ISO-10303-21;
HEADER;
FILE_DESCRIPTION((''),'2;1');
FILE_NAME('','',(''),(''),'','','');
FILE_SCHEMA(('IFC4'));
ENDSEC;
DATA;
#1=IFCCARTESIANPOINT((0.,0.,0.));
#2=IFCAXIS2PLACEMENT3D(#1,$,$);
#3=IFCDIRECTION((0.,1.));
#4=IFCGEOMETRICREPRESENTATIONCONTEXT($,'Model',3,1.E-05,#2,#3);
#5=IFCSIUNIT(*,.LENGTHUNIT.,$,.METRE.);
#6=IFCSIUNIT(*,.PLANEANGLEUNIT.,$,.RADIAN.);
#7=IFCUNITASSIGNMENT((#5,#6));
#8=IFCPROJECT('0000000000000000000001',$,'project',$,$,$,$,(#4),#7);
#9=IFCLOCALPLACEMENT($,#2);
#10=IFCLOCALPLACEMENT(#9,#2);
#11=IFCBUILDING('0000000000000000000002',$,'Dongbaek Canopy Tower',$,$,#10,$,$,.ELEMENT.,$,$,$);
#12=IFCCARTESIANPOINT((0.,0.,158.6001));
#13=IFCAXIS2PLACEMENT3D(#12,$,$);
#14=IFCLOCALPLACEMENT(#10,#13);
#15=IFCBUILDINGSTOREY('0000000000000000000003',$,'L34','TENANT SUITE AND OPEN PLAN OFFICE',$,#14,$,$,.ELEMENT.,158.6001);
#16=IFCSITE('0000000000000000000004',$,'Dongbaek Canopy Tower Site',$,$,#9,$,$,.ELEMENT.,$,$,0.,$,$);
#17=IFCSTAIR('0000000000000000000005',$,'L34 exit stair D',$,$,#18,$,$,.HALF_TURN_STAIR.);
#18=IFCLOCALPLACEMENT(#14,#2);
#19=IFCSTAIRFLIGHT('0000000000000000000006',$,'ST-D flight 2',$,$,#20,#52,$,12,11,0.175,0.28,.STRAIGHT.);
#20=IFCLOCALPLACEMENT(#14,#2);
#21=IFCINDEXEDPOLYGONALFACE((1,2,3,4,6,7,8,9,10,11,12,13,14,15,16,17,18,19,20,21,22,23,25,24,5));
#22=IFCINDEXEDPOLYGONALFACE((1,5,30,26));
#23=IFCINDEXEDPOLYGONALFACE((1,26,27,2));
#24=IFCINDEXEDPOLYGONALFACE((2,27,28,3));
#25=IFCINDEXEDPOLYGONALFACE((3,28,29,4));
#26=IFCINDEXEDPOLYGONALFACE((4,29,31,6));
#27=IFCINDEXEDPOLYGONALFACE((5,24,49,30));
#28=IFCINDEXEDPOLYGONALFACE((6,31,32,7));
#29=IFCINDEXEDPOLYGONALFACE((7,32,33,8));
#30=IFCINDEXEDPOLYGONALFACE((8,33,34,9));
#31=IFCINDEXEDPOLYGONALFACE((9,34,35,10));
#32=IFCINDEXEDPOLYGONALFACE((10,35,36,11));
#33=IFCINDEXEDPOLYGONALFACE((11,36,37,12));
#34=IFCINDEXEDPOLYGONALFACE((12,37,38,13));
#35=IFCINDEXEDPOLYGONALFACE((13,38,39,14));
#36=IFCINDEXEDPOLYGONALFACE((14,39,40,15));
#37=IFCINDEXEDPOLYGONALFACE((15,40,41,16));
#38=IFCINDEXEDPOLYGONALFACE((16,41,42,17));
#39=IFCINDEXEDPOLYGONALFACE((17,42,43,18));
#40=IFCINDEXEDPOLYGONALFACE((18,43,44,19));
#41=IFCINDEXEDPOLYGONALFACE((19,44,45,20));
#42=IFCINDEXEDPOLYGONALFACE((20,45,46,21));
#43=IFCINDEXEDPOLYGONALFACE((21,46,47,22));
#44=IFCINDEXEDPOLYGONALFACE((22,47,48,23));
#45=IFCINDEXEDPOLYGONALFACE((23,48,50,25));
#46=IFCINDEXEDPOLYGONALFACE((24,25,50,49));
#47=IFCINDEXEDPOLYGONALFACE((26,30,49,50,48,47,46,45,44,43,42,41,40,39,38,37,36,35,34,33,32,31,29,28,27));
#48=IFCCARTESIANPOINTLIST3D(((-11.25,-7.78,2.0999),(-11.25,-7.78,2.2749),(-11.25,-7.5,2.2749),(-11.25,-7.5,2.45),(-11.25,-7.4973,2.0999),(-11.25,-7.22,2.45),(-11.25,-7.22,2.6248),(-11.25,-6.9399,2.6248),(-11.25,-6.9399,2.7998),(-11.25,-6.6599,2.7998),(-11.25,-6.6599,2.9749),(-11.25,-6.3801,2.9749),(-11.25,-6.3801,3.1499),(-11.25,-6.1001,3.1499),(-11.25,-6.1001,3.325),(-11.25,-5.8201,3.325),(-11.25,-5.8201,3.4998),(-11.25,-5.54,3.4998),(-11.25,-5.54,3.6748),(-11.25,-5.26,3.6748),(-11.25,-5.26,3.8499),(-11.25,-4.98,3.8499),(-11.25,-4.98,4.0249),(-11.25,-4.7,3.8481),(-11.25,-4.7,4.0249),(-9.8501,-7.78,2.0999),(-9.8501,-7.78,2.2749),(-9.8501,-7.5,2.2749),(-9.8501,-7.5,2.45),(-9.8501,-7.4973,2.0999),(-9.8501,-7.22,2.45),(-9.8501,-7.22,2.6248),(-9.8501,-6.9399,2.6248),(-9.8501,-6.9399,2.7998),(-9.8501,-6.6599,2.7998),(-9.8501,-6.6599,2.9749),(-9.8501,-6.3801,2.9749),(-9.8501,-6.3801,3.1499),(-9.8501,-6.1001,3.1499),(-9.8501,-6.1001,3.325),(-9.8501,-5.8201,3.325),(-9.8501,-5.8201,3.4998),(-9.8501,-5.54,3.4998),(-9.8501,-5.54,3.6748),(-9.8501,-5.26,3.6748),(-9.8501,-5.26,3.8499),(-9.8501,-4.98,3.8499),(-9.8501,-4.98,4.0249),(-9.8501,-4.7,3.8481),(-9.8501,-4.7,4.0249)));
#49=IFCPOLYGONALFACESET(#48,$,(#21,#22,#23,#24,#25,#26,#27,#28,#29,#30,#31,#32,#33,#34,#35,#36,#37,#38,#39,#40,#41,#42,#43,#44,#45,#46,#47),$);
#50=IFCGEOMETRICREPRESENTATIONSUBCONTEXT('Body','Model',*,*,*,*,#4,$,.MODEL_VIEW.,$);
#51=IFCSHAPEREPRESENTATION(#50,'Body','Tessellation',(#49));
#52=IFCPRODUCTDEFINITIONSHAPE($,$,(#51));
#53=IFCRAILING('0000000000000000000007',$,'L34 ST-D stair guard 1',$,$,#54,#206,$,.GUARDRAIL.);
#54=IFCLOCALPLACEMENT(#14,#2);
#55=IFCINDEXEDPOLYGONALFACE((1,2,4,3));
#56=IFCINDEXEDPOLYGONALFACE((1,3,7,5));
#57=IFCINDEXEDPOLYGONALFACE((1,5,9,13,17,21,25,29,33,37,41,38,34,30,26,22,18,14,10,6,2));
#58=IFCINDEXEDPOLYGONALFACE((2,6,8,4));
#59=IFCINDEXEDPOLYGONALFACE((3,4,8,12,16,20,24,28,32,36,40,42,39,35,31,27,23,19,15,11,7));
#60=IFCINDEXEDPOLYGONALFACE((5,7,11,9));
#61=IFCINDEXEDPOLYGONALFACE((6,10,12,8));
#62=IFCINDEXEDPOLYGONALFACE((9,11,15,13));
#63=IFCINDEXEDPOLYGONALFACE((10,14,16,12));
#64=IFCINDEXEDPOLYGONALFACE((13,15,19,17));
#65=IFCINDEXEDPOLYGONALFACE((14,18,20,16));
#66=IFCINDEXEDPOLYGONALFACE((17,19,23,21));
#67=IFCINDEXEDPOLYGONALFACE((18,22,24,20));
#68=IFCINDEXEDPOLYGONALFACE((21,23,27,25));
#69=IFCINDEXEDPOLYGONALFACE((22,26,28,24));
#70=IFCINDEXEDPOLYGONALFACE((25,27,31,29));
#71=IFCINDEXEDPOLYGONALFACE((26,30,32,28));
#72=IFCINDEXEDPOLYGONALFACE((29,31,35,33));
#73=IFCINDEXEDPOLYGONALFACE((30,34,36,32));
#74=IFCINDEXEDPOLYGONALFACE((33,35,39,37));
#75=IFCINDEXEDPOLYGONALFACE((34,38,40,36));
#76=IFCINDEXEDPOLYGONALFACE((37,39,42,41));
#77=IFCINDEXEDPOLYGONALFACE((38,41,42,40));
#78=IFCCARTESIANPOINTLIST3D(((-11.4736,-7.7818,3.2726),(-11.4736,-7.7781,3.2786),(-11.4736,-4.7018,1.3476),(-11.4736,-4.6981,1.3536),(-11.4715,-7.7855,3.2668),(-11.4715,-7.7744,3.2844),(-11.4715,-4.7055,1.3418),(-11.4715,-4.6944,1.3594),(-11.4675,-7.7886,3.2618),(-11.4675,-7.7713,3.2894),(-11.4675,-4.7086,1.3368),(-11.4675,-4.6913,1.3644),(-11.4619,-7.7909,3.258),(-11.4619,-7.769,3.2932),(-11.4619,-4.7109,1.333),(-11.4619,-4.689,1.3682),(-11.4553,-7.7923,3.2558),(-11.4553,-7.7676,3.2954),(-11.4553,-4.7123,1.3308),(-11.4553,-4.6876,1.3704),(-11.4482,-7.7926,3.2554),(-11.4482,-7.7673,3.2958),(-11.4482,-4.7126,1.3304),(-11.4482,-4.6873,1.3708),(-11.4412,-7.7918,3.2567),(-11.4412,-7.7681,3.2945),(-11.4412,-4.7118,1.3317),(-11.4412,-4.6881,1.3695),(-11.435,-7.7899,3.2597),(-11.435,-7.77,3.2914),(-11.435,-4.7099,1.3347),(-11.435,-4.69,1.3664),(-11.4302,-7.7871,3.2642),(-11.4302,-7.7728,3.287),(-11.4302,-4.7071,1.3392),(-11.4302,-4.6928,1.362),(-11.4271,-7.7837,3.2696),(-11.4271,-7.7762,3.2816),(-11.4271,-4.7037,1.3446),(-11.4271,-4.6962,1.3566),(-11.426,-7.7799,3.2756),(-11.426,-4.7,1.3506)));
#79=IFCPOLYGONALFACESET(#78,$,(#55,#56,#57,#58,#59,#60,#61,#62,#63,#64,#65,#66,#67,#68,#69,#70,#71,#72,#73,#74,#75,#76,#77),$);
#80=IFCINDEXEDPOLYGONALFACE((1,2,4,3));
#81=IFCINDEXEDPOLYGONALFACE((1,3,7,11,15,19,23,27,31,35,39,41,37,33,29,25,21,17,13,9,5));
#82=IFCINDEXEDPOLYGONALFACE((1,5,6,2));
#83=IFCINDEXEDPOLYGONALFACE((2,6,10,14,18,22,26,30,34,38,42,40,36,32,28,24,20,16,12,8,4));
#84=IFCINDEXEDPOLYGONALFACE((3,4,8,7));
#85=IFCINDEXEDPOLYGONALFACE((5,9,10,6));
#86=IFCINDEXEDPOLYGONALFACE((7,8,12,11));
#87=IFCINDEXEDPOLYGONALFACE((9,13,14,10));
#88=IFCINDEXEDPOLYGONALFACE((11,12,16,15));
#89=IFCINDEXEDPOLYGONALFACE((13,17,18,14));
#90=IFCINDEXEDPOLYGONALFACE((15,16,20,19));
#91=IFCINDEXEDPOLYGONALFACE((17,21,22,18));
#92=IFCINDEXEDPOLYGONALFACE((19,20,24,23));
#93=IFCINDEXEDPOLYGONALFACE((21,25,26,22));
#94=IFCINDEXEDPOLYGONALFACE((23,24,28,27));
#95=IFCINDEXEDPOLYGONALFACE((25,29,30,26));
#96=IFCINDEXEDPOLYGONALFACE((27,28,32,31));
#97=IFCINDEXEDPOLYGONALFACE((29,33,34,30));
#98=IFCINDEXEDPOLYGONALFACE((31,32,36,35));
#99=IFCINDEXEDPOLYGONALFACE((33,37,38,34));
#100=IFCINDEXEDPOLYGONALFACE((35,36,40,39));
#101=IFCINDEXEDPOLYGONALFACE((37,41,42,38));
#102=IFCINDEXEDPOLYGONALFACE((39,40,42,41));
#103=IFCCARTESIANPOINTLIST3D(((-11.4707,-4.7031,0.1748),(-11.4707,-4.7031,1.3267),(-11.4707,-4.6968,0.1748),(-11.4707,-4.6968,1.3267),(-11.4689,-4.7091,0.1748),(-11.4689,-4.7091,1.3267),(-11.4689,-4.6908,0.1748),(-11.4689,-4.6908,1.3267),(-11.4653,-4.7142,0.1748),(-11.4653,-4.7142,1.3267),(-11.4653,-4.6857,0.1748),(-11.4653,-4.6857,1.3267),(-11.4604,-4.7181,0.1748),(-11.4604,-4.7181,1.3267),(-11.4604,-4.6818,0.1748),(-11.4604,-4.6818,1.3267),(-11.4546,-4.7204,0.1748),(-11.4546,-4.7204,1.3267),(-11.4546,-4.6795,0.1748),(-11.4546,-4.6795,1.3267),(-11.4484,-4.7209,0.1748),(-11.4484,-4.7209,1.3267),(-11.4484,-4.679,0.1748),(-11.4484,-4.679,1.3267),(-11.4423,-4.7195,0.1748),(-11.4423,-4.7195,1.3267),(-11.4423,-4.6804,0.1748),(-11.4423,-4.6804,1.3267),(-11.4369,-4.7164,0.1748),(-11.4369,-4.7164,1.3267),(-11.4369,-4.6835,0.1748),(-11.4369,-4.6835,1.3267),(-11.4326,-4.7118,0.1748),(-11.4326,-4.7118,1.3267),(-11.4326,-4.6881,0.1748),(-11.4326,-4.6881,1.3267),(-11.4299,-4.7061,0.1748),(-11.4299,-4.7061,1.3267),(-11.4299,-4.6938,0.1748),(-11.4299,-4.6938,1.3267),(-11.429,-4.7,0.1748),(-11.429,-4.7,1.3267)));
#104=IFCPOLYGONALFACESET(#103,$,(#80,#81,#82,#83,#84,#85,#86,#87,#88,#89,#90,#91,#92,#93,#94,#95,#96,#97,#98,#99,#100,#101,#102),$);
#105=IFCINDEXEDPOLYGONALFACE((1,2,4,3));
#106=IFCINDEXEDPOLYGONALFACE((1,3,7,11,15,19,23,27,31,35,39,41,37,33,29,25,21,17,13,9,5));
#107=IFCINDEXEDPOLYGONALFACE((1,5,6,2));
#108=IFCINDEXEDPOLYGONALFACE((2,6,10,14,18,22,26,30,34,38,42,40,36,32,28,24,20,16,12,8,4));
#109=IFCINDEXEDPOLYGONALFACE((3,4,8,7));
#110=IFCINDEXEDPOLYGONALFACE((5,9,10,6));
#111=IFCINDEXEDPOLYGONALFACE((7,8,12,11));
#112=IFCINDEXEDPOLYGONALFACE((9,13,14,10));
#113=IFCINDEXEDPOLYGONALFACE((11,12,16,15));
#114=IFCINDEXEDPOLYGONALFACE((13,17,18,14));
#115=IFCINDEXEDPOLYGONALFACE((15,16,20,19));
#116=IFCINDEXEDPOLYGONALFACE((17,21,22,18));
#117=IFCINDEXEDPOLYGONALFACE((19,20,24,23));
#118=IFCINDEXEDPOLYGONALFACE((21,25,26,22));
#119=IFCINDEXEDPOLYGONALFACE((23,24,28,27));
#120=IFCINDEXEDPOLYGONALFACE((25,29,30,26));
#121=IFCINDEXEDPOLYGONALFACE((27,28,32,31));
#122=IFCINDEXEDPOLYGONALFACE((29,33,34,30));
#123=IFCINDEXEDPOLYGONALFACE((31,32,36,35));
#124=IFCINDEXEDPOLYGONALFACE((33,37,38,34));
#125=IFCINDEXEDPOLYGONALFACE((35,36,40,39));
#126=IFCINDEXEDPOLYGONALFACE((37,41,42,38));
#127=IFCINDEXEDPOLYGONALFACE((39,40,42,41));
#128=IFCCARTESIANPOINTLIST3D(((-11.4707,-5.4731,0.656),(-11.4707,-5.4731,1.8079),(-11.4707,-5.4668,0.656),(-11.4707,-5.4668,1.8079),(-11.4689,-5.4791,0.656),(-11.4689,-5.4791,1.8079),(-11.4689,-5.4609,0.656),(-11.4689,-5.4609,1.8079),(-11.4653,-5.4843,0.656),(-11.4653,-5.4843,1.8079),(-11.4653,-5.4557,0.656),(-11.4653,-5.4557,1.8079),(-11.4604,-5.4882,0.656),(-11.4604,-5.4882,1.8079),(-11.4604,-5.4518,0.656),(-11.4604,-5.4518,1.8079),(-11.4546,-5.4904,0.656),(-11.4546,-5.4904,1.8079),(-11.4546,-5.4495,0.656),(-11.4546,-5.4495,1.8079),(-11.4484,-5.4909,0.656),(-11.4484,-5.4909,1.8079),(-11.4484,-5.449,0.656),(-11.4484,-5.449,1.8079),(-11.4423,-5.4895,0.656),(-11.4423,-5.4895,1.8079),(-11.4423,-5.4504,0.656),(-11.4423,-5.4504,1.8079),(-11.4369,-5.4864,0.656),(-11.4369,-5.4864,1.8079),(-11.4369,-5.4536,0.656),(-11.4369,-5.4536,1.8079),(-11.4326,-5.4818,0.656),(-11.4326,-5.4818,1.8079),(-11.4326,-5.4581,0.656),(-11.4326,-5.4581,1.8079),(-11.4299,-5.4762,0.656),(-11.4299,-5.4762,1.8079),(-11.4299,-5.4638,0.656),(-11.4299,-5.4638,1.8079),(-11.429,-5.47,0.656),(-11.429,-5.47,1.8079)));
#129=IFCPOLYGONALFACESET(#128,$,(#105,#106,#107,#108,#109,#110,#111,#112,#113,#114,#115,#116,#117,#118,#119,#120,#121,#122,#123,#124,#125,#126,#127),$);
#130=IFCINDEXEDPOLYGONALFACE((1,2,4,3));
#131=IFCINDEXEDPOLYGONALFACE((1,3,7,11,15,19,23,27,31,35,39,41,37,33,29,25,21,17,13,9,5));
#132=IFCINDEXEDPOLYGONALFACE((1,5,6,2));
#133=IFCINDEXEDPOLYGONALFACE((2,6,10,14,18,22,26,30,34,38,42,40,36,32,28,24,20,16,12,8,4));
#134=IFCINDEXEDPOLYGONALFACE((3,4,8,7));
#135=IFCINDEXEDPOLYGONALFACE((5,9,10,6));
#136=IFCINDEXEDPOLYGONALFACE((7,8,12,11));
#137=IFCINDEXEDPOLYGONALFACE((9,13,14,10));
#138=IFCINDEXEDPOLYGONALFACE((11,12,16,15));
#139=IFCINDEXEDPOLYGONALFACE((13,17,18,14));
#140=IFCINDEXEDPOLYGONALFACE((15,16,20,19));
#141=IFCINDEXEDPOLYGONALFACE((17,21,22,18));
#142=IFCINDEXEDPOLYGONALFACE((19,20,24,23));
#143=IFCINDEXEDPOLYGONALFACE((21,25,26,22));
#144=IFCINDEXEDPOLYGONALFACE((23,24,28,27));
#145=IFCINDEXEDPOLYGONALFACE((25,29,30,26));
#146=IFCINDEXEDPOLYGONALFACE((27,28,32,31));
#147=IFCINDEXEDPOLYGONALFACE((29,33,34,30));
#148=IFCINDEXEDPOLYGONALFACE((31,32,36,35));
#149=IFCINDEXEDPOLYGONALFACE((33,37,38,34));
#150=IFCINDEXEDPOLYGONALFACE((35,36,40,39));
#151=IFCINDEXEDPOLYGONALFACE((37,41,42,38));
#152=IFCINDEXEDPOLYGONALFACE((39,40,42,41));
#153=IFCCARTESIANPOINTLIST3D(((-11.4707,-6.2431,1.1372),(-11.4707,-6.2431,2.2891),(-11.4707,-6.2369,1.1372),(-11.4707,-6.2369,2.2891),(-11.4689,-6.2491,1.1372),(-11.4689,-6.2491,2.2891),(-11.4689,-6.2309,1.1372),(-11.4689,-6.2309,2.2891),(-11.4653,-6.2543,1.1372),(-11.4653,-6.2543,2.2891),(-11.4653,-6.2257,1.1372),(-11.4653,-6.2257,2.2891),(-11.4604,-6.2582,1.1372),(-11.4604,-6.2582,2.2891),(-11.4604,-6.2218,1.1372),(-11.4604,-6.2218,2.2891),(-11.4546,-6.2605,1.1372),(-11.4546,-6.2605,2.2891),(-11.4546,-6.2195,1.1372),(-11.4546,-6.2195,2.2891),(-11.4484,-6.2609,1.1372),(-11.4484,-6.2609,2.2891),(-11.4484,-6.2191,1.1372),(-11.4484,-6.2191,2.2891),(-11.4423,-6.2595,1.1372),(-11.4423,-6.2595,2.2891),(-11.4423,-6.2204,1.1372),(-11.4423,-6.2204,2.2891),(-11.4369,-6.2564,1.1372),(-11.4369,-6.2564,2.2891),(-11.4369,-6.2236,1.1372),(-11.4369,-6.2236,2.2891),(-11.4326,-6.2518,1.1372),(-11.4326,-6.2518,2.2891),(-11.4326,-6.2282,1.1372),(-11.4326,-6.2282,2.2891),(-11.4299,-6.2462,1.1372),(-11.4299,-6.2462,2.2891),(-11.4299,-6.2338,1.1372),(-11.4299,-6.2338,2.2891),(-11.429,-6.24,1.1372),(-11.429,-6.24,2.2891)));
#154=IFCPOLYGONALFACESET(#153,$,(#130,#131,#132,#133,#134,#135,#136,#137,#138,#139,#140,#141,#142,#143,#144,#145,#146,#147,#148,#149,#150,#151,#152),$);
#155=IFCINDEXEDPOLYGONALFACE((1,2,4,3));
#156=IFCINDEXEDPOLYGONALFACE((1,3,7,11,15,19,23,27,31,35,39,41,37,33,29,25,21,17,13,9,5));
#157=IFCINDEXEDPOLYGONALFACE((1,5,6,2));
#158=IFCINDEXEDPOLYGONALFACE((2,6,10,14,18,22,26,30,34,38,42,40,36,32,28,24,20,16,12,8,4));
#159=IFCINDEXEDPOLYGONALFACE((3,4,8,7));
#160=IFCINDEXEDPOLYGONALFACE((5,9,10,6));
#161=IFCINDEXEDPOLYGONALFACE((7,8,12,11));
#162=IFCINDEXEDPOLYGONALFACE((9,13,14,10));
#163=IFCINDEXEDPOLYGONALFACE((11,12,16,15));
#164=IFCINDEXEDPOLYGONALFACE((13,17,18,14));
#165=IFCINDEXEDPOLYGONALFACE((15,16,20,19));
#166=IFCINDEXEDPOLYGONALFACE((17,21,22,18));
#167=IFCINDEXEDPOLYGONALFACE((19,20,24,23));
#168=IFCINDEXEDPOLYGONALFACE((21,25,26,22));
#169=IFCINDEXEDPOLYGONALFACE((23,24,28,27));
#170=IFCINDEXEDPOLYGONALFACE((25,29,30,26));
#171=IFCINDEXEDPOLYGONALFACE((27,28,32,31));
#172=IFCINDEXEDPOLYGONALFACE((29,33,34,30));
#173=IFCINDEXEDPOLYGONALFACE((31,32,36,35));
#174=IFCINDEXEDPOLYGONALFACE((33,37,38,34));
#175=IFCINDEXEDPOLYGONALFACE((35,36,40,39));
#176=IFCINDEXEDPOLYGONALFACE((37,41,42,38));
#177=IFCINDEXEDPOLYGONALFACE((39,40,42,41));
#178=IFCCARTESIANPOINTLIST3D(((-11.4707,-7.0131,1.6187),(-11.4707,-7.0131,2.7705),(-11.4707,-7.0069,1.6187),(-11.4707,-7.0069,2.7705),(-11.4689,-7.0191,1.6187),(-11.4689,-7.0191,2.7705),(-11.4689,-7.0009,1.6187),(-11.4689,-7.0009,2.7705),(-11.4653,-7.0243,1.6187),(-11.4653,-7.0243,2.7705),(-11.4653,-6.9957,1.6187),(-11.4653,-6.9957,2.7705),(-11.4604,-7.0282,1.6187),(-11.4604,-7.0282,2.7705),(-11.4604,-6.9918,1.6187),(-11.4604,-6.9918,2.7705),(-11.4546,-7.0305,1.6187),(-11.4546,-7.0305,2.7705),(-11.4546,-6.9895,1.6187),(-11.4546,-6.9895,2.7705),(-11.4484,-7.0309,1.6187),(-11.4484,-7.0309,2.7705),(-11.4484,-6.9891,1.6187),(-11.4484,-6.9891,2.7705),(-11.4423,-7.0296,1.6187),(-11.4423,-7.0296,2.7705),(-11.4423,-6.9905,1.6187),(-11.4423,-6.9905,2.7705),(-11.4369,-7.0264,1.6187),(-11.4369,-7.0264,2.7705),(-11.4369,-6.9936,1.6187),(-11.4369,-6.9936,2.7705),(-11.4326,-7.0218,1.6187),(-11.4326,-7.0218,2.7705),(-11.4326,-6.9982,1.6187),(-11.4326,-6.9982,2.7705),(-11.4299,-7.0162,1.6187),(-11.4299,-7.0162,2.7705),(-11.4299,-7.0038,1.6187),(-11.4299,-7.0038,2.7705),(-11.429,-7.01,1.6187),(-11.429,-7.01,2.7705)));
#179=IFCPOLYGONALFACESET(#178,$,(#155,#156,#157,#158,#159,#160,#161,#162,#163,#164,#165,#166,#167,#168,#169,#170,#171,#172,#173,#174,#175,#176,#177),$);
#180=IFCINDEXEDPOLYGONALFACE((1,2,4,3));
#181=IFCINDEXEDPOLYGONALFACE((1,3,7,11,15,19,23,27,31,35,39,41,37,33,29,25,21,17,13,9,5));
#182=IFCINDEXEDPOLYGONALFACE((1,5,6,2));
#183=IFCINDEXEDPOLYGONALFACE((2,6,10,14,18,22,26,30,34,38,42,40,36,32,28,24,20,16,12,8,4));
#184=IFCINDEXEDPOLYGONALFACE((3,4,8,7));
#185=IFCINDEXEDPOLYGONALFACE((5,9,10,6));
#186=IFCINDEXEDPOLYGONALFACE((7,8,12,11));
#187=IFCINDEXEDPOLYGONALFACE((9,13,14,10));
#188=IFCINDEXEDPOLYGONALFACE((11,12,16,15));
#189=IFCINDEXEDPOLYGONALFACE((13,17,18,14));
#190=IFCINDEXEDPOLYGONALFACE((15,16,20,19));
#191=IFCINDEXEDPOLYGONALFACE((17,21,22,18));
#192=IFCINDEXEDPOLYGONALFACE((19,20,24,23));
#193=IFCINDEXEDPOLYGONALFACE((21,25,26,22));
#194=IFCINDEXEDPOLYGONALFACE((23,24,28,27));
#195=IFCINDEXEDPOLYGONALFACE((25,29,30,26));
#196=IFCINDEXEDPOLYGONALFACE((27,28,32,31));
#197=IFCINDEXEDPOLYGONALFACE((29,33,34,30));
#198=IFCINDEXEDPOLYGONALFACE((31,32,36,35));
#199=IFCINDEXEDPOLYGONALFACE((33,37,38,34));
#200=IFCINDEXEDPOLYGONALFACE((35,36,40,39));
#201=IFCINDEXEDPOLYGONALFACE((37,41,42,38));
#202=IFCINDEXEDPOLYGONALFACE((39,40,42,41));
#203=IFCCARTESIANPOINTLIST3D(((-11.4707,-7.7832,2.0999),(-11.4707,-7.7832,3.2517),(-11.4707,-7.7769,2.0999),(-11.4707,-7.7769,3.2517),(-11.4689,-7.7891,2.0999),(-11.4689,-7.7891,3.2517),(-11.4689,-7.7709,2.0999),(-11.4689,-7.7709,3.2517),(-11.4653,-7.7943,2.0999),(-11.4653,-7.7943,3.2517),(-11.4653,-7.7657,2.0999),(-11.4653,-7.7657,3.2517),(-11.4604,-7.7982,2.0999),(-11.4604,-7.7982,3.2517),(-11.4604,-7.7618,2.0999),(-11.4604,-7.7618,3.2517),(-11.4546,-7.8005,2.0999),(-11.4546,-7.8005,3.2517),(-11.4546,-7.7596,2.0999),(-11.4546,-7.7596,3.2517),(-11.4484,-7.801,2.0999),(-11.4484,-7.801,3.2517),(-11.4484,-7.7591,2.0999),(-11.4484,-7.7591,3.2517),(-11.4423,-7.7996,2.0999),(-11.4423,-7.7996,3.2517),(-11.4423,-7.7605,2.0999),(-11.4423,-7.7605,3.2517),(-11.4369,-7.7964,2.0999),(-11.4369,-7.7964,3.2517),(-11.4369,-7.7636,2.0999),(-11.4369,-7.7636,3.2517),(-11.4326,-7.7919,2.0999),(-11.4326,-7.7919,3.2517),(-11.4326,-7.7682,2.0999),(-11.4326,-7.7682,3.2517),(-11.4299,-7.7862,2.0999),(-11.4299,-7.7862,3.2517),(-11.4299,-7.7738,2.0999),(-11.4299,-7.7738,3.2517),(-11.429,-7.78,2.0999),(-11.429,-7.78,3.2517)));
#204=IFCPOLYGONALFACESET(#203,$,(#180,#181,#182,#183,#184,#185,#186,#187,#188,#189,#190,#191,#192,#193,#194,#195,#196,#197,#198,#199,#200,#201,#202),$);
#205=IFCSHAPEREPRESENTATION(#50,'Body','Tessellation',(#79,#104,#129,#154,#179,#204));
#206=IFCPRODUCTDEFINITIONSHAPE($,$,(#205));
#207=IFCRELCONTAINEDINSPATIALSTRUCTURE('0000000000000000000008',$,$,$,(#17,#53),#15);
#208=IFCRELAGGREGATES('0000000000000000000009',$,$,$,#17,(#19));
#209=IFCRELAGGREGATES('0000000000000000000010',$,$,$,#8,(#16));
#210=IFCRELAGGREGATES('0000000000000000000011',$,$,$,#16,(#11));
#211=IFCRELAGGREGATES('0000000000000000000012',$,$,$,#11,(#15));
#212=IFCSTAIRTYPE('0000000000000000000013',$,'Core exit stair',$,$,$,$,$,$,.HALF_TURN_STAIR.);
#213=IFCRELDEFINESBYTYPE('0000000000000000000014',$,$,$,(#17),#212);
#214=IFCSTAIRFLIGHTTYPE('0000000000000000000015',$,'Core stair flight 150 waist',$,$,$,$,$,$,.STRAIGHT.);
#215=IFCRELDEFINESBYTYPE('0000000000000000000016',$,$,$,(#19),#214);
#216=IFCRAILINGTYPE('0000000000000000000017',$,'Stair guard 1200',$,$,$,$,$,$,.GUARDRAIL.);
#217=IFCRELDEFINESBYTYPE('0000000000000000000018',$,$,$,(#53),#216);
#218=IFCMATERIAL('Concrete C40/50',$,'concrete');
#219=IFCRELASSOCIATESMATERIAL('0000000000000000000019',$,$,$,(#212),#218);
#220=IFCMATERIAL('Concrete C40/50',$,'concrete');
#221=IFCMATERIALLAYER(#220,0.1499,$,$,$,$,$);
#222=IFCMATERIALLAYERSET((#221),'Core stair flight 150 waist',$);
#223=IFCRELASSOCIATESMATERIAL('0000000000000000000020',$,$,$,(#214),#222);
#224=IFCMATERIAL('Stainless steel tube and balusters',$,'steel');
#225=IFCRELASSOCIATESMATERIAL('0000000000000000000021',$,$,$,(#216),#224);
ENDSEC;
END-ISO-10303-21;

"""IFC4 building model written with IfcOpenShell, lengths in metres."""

from ifc_helpers import new_model, si_unit, direction, frame, origin, origin_2d, place, context, subcontext, project, spatial, polyline, circle, outline, extrude, material, layer, layer_set, type_object, element, aggregate, save


model = new_model("IFC4")

# Units and contexts
model_context = context("Model", 3, precision=1e-05, world=origin(), true_north=direction((0.0, 1.0)))
body_context = subcontext(model_context, "Body", "Model", "MODEL_VIEW")
ifc_project = project(units=[si_unit("LENGTHUNIT", "METRE"), si_unit("PLANEANGLEUNIT", "RADIAN")], contexts=[model_context])

# Site, building, storey
site_placement = place(None, origin())
site = spatial("IfcSite", under=ifc_project, at=site_placement, Name="Dongbaek Canopy Tower Site", CompositionType="ELEMENT", RefElevation=0.0)
building_placement = place(site_placement, origin())
building = spatial("IfcBuilding", under=site, at=building_placement, Name="Dongbaek Canopy Tower", CompositionType="ELEMENT")
storey_placement = place(building_placement, frame((0.0, 0.0, 158.6001)))
storey = spatial("IfcBuildingStorey", under=building, at=storey_placement, Name="L34", Description="TENANT SUITE AND OPEN PLAN OFFICE", CompositionType="ELEMENT", Elevation=158.6001)

# Stair, stair flight
ifc_material_1 = material(Name="Concrete C40/50", Category="concrete")
stair_type = type_object("IfcStairType", Name="Core exit stair", PredefinedType="HALF_TURN_STAIR", material=ifc_material_1)
stair_placement = place(storey_placement, origin())
stair = element("IfcStair", 1, at=stair_placement, inside=storey, type_object=stair_type, Name="L34 exit stair D", PredefinedType="HALF_TURN_STAIR")
ifc_material_2 = material(Name="Concrete C40/50", Category="concrete")
ifc_layer_1 = layer(ifc_material_2, 0.1499)
ifc_layer_set_1 = layer_set([ifc_layer_1], Name="Core stair flight 150 waist")
stair_flight_type = type_object("IfcStairFlightType", Name="Core stair flight 150 waist", PredefinedType="STRAIGHT", material=ifc_layer_set_1)
stair_flight_1_placement = place(storey_placement, frame((-10.55, -7.78, 2.0999), z_axis=(0.0, 0.0, 1.0), x_axis=(0.0, 1.0, 0.0)))
stair_flight_1 = element("IfcStairFlight", 2, at=stair_flight_1_placement, type_object=stair_flight_type, Name="ST-D flight 2", NumberOfRisers=12, NumberOfTreads=11, PredefinedType="STRAIGHT", RiserHeight=0.175, TreadLength=0.28, context=body_context, shape_type="SweptSolid", body=[
    extrude(outline(polyline([(0.0, 0.0), (0.0, 0.175), (0.28, 0.175), (0.28, 0.3501), (0.5601, 0.3501), (0.5601, 0.5249), (0.8401, 0.5249), (0.8401, 0.7), (1.1201, 0.7), (1.1201, 0.875), (1.3999, 0.875), (1.3999, 1.05), (1.6799, 1.05), (1.6799, 1.2251), (1.96, 1.2251), (1.96, 1.3999), (2.24, 1.3999), (2.24, 1.575), (2.52, 1.575), (2.52, 1.75), (2.8, 1.75), (2.8, 1.925), (3.0801, 1.925), (3.0801, 2.1001), (3.0801, 1.7483), (0.2827, 0.0), (0.0, 0.0)])), frame((0.0, 0.7, 0.0), z_axis=(0.0, -1.0, 0.0), x_axis=(1.0, 0.0, 0.0)), (0.0, 0.0, 1.0), 1.3999),
])
aggregate(stair, [stair_flight_1])

# Railing
ifc_material_3 = material(Name="Stainless steel tube and balusters", Category="steel")
railing_type_1 = type_object("IfcRailingType", Name="Stair guard 1200", PredefinedType="GUARDRAIL", material=ifc_material_3)
railing_1_placement = place(storey_placement, frame((-11.45, -4.7, 0.1748)))
element("IfcRailing", 3, at=railing_1_placement, inside=storey, type_object=railing_type_1, Name="L34 ST-D stair guard 1", PredefinedType="GUARDRAIL", context=body_context, shape_type="SweptSolid", body=[
    extrude(circle(Radius=0.0239, at=origin_2d()), frame((0.0, 0.0, 1.1758), z_axis=(0.0, -0.847998, 0.529999), x_axis=(1.0, 0.0, 0.0)), (0.0, 0.0, 1.0), 3.6321),
    extrude(circle(Radius=0.021, at=origin_2d()), origin(), (0.0, 0.0, 1.0), 1.1519),
    extrude(circle(Radius=0.021, at=origin_2d()), frame((0.0, -0.77, 0.4812)), (0.0, 0.0, 1.0), 1.1519),
    extrude(circle(Radius=0.021, at=origin_2d()), frame((0.0, -1.54, 0.9624)), (0.0, 0.0, 1.0), 1.1519),
    extrude(circle(Radius=0.021, at=origin_2d()), frame((0.0, -2.3101, 1.4438)), (0.0, 0.0, 1.0), 1.1519),
    extrude(circle(Radius=0.021, at=origin_2d()), frame((0.0, -3.0801, 1.925)), (0.0, 0.0, 1.0), 1.1519),
])

save(model, "model.ifc")
